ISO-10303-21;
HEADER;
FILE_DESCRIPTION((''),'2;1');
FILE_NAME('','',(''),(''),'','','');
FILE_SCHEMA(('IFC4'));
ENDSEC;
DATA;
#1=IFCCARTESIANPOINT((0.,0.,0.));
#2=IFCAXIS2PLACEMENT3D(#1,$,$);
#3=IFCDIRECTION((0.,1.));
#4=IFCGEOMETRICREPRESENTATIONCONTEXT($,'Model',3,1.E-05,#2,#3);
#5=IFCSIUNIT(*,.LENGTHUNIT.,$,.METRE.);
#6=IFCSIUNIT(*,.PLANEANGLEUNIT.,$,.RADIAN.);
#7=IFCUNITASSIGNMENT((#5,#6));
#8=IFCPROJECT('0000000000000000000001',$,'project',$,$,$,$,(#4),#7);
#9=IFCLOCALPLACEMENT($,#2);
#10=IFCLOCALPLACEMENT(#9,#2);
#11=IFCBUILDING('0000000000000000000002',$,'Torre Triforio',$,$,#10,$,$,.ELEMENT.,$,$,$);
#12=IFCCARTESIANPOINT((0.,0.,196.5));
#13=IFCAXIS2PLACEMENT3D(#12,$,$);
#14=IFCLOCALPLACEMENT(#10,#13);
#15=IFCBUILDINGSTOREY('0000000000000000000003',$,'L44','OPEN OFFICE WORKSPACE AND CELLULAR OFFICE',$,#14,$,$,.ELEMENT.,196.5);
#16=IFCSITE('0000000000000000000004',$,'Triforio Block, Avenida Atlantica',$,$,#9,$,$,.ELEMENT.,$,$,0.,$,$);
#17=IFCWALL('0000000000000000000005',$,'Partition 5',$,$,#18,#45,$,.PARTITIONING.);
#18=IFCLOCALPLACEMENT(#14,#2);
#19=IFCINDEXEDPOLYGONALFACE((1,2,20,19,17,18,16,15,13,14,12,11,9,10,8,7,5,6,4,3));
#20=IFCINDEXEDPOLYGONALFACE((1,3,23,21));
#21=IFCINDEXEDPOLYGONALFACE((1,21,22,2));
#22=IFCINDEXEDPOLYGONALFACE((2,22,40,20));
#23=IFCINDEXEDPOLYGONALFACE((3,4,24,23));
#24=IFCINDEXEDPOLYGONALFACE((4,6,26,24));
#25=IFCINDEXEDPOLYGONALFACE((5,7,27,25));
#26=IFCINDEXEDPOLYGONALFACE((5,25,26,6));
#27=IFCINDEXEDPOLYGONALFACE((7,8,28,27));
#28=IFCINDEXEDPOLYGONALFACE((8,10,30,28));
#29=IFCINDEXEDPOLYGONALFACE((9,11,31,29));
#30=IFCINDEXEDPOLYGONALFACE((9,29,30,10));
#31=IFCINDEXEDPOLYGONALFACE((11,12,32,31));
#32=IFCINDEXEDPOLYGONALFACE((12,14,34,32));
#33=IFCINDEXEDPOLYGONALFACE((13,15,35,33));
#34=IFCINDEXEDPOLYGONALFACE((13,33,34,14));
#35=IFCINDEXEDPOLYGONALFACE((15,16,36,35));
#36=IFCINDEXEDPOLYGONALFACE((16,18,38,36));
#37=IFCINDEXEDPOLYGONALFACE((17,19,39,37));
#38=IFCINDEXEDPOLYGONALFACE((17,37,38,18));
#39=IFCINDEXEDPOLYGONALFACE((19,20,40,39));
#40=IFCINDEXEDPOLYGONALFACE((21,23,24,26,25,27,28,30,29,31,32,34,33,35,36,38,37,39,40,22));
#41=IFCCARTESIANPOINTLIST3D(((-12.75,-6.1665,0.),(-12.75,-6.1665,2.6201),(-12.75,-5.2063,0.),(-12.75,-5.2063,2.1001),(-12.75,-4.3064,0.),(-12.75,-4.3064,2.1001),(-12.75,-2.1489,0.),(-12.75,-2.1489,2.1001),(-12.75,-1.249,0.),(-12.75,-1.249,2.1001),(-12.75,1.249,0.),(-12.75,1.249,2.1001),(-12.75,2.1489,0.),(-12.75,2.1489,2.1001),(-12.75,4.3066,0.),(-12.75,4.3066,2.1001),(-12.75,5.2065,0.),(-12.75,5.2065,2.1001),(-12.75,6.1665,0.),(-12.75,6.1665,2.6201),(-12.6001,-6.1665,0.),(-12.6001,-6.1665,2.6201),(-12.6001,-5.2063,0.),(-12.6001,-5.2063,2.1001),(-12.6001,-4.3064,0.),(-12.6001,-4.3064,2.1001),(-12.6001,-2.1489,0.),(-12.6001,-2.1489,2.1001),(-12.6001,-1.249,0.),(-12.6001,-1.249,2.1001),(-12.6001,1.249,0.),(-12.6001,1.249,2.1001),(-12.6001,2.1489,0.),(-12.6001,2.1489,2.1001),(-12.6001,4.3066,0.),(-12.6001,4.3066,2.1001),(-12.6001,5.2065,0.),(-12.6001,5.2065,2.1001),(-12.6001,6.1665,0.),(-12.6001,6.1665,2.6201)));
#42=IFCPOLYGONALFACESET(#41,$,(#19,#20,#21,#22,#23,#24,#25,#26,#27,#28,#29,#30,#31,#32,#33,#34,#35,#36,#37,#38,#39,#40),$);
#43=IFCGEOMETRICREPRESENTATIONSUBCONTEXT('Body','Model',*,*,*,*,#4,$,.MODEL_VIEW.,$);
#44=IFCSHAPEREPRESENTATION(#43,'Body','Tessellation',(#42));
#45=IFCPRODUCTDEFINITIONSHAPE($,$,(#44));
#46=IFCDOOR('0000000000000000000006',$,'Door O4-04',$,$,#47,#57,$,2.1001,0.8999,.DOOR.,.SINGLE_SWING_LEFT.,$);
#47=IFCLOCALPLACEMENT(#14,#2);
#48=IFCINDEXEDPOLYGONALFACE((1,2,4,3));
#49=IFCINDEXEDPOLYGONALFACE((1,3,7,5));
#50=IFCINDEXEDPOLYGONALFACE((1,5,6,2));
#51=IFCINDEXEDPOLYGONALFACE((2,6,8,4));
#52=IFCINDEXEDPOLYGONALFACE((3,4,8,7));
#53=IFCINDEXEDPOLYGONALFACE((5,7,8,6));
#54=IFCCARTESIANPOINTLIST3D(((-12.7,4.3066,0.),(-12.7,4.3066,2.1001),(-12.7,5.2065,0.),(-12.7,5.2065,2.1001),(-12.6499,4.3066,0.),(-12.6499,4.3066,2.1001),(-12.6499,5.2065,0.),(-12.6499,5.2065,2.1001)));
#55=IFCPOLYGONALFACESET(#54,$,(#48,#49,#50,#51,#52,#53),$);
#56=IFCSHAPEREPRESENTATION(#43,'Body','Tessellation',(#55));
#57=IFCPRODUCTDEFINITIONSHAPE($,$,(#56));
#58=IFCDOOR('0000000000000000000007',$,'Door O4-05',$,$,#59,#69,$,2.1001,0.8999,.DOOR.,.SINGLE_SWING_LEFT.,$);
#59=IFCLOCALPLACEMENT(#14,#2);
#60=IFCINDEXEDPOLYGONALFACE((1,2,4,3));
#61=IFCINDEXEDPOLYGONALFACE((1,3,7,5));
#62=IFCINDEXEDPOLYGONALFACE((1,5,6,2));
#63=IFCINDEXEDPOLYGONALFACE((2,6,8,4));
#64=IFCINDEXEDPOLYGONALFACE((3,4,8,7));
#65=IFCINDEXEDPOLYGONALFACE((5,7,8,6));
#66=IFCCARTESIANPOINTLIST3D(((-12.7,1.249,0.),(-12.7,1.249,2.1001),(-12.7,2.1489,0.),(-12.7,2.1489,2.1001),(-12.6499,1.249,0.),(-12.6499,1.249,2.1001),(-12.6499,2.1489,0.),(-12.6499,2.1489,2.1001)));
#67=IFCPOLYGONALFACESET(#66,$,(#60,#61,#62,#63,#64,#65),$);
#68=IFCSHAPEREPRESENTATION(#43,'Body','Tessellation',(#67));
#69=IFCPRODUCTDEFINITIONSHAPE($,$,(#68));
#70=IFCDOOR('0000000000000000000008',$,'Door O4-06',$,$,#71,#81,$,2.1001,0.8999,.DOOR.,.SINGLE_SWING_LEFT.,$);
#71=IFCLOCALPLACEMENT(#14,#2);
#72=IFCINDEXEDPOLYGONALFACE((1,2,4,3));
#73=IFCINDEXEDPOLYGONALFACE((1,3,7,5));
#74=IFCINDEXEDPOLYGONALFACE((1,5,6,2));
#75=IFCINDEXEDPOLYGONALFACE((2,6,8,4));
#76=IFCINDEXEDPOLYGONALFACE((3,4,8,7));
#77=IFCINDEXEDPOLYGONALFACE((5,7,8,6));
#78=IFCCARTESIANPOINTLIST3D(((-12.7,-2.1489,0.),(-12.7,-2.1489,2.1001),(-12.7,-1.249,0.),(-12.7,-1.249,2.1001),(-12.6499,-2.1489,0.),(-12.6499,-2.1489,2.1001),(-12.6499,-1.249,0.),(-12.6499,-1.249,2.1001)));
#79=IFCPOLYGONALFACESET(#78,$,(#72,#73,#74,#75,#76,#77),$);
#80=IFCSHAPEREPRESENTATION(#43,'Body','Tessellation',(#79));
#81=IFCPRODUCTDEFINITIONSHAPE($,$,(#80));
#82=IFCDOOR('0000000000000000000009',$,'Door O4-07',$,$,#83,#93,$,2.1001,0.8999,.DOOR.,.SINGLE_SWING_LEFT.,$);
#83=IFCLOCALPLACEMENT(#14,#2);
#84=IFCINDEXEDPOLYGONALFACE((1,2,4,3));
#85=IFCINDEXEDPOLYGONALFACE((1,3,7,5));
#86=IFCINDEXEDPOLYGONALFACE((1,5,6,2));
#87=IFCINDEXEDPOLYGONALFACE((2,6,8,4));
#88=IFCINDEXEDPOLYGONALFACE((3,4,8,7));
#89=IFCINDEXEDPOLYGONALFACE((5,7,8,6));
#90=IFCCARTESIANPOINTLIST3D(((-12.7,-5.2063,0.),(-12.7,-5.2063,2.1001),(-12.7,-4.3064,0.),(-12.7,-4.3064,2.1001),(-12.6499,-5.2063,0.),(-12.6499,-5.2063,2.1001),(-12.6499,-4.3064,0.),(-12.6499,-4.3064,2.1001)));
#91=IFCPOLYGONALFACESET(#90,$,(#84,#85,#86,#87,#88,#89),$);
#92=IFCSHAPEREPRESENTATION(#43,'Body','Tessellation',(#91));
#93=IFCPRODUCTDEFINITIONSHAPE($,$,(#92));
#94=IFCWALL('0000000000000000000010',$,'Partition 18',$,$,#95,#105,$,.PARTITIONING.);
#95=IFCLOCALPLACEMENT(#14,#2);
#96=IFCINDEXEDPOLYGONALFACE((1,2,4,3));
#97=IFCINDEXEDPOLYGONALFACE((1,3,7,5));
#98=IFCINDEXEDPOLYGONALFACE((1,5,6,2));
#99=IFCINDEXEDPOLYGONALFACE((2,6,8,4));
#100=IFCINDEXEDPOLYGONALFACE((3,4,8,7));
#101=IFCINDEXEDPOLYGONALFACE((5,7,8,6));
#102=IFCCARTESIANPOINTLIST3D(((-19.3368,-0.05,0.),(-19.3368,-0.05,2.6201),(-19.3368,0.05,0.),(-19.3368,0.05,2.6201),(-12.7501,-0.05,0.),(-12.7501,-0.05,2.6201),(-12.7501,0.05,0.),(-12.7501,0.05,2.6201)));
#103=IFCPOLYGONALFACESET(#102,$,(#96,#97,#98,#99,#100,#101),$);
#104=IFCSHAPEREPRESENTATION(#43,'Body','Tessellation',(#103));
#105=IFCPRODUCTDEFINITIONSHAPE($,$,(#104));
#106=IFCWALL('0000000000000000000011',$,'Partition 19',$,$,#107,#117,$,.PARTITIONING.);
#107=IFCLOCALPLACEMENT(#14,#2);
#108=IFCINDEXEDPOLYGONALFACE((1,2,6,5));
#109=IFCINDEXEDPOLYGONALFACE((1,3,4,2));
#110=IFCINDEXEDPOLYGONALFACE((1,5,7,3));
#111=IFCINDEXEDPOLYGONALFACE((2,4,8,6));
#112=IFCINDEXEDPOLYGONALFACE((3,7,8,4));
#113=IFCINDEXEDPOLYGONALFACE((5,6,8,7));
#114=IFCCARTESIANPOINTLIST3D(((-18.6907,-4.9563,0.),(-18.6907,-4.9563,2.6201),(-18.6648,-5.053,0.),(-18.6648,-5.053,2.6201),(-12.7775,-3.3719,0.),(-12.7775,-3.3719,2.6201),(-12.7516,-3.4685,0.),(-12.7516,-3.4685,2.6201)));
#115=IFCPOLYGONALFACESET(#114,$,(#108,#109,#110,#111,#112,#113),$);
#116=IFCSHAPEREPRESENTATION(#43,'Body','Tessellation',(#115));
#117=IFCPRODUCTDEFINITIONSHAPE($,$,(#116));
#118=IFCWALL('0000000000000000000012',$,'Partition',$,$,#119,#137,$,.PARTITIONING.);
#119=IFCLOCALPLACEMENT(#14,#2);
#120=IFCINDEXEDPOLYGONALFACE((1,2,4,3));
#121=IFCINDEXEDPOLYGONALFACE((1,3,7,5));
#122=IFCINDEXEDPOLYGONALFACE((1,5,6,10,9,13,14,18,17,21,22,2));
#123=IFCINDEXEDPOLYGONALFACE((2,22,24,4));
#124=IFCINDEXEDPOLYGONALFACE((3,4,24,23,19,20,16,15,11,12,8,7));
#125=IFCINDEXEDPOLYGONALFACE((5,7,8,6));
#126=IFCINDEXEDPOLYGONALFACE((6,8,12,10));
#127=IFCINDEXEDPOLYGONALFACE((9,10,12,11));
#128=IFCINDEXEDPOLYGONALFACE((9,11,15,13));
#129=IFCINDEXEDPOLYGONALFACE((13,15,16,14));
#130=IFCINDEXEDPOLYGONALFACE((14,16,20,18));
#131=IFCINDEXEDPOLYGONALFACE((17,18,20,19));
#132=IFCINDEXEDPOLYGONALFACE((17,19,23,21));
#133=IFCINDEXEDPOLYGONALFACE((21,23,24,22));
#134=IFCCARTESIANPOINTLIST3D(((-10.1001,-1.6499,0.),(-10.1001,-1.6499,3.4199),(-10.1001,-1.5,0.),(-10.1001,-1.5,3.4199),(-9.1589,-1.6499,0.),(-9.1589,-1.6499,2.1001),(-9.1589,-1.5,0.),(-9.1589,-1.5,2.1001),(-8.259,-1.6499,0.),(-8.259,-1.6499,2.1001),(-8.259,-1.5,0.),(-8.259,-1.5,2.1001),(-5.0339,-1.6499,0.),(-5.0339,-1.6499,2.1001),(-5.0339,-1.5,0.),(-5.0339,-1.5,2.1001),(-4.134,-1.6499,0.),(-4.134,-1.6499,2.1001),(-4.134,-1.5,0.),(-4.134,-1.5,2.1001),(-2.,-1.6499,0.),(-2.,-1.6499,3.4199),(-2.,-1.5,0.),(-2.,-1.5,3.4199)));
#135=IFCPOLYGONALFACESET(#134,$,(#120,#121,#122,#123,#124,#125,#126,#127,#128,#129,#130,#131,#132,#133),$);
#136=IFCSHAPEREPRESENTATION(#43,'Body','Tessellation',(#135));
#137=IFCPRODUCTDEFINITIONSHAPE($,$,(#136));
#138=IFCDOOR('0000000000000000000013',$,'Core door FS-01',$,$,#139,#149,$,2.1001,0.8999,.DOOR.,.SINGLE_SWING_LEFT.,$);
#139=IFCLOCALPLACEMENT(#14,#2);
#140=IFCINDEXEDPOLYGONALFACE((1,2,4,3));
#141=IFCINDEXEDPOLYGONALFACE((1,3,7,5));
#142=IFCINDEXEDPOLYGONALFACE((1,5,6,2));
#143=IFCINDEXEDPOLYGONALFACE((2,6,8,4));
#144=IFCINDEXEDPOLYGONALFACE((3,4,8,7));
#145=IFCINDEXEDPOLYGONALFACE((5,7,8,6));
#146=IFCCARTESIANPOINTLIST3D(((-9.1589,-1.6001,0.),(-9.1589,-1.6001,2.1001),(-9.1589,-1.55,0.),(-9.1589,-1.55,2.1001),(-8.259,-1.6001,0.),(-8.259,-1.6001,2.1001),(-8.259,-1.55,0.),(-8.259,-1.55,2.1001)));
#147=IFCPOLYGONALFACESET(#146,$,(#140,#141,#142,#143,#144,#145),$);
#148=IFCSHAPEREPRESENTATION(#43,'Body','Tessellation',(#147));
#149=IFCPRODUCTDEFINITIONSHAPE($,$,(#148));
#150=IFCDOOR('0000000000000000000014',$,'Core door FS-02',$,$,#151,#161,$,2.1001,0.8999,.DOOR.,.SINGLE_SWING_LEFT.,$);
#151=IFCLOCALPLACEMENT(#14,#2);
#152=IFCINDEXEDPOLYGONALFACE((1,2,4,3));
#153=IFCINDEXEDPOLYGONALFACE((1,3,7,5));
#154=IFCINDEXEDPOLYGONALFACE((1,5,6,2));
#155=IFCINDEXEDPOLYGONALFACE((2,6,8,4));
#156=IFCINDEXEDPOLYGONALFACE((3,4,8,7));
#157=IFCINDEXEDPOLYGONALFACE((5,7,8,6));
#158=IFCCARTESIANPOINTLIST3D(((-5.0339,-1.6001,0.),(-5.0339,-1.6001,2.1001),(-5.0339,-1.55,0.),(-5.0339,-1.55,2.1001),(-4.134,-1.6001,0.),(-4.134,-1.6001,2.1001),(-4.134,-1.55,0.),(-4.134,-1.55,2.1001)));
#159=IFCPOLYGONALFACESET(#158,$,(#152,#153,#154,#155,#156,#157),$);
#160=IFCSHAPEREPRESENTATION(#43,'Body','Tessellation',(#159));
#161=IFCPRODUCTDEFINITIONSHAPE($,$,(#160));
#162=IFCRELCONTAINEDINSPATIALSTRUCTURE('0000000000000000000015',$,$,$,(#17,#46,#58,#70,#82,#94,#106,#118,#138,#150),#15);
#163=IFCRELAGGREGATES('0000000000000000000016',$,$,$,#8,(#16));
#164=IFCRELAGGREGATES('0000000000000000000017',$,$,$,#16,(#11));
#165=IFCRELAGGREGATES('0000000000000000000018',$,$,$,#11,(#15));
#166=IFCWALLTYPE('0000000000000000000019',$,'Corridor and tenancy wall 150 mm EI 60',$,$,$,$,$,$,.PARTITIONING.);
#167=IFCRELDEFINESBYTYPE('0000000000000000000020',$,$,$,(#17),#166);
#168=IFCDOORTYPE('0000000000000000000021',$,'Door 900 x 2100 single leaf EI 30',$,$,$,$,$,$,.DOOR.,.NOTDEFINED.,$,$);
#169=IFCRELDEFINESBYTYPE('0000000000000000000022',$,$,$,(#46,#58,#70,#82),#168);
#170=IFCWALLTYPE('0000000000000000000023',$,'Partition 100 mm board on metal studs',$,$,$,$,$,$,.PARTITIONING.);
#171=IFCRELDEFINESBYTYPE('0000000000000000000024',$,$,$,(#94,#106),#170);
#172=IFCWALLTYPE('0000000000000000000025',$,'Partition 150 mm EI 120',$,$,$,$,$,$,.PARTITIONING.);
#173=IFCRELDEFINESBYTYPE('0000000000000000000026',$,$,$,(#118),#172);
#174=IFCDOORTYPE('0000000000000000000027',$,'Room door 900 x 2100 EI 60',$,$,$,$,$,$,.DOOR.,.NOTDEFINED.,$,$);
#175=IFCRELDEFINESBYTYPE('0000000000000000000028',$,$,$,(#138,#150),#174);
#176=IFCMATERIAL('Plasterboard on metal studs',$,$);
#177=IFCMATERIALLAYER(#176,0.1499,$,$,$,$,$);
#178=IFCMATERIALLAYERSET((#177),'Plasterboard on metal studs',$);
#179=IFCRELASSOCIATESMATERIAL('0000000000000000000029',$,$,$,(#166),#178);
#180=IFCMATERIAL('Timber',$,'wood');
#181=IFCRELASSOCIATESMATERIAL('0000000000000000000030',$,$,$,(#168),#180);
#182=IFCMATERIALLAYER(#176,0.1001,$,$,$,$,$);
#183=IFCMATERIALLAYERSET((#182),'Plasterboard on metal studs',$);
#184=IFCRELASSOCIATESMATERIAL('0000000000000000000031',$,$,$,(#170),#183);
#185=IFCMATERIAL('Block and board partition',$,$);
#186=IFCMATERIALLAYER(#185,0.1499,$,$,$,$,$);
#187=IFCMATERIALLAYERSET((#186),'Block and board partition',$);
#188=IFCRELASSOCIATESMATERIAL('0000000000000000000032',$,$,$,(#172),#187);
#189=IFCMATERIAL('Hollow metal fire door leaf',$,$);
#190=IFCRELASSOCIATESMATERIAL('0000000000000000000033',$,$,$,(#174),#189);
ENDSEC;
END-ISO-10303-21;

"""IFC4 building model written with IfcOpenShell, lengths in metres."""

from ifc_helpers import new_model, si_unit, direction, frame, frame_2d, origin, place, context, subcontext, project, spatial, rectangle, extrude, material, layer, layer_set, type_object, element, fill, save


model = new_model("IFC4")

# Units and contexts
model_context = context("Model", 3, precision=1e-05, world=origin(), true_north=direction((0.0, 1.0)))
body_context = subcontext(model_context, "Body", "Model", "MODEL_VIEW")
ifc_project = project(units=[si_unit("LENGTHUNIT", "METRE"), si_unit("PLANEANGLEUNIT", "RADIAN")], contexts=[model_context])

# Site, building, storey
site_placement = place(None, origin())
site = spatial("IfcSite", under=ifc_project, at=site_placement, Name="Triforio Block, Avenida Atlantica", CompositionType="ELEMENT", RefElevation=0.0)
building_placement = place(site_placement, origin())
building = spatial("IfcBuilding", under=site, at=building_placement, Name="Torre Triforio", CompositionType="ELEMENT")
storey_placement = place(building_placement, frame((0.0, 0.0, 196.5)))
storey = spatial("IfcBuildingStorey", under=building, at=storey_placement, Name="L44", Description="OPEN OFFICE WORKSPACE AND CELLULAR OFFICE", CompositionType="ELEMENT", Elevation=196.5)

# Shared definitions
ifc_material_1 = material(Name="Hollow metal fire door leaf")

# Wall, openings, doors
ifc_material_2 = material(Name="Plasterboard on metal studs")
ifc_layer_1 = layer(ifc_material_2, 0.1499)
ifc_layer_set_1 = layer_set([ifc_layer_1], Name="Plasterboard on metal studs")
wall_type_1 = type_object("IfcWallType", Name="Corridor and tenancy wall 150 mm EI 60", PredefinedType="PARTITIONING", material=ifc_layer_set_1)
wall_1_placement = place(storey_placement, frame((-12.675, -6.1665, 0.0), z_axis=(0.0, 0.0, 1.0), x_axis=(0.0, 1.0, 0.0)))
wall_1 = element("IfcWall", 1, at=wall_1_placement, inside=storey, type_object=wall_type_1, Name="Partition 5", PredefinedType="PARTITIONING", context=body_context, shape_type="SweptSolid", body=[
    extrude(rectangle(XDim=12.333, YDim=0.1499, at=frame_2d((6.1665, 0.0))), origin(), (0.0, 0.0, 1.0), 2.6201),
])
opening_1_placement = place(wall_1_placement, frame((10.4731, 0.0, 0.0)))
opening_1 = element("IfcOpeningElement", 2, at=opening_1_placement, cuts=wall_1, PredefinedType="OPENING", context=body_context, shape_type="SweptSolid", body=[
    extrude(rectangle(XDim=0.8999, YDim=2.1001, at=frame_2d((0.45, 1.05))), frame((0.0, 0.085, 0.0), z_axis=(0.0, -1.0, 0.0), x_axis=(1.0, 0.0, 0.0)), (0.0, 0.0, 1.0), 0.1699),
])
opening_2_placement = place(wall_1_placement, frame((7.4155, 0.0, 0.0)))
opening_2 = element("IfcOpeningElement", 3, at=opening_2_placement, cuts=wall_1, PredefinedType="OPENING", context=body_context, shape_type="SweptSolid", body=[
    extrude(rectangle(XDim=0.8999, YDim=2.1001, at=frame_2d((0.45, 1.05))), frame((0.0, 0.085, 0.0), z_axis=(0.0, -1.0, 0.0), x_axis=(1.0, 0.0, 0.0)), (0.0, 0.0, 1.0), 0.1699),
])
opening_3_placement = place(wall_1_placement, frame((4.0176, 0.0, 0.0)))
opening_3 = element("IfcOpeningElement", 4, at=opening_3_placement, cuts=wall_1, PredefinedType="OPENING", context=body_context, shape_type="SweptSolid", body=[
    extrude(rectangle(XDim=0.8999, YDim=2.1001, at=frame_2d((0.45, 1.05))), frame((0.0, 0.085, 0.0), z_axis=(0.0, -1.0, 0.0), x_axis=(1.0, 0.0, 0.0)), (0.0, 0.0, 1.0), 0.1699),
])
opening_4_placement = place(wall_1_placement, frame((0.9602, 0.0, 0.0)))
opening_4 = element("IfcOpeningElement", 5, at=opening_4_placement, cuts=wall_1, PredefinedType="OPENING", context=body_context, shape_type="SweptSolid", body=[
    extrude(rectangle(XDim=0.8999, YDim=2.1001, at=frame_2d((0.45, 1.05))), frame((0.0, 0.085, 0.0), z_axis=(0.0, -1.0, 0.0), x_axis=(1.0, 0.0, 0.0)), (0.0, 0.0, 1.0), 0.1699),
])
ifc_material_3 = material(Name="Timber", Category="wood")
door_type_1 = type_object("IfcDoorType", Name="Door 900 x 2100 single leaf EI 30", OperationType="NOTDEFINED", PredefinedType="DOOR", material=ifc_material_3)
door_1_placement = place(opening_1_placement, origin())
door_1 = element("IfcDoor", 6, at=door_1_placement, inside=storey, type_object=door_type_1, Name="Door O4-04", OperationType="SINGLE_SWING_LEFT", OverallHeight=2.1001, OverallWidth=0.8999, PredefinedType="DOOR", context=body_context, shape_type="SweptSolid", body=[
    extrude(rectangle(XDim=0.8999, YDim=2.1001, at=frame_2d((0.45, 1.05))), frame((0.0, 0.0249, 0.0), z_axis=(0.0, -1.0, 0.0), x_axis=(1.0, 0.0, 0.0)), (0.0, 0.0, 1.0), 0.05),
])
fill(opening_1, door_1)
door_2_placement = place(opening_2_placement, origin())
door_2 = element("IfcDoor", 7, at=door_2_placement, inside=storey, type_object=door_type_1, Name="Door O4-05", OperationType="SINGLE_SWING_LEFT", OverallHeight=2.1001, OverallWidth=0.8999, PredefinedType="DOOR", context=body_context, shape_type="SweptSolid", body=[
    extrude(rectangle(XDim=0.8999, YDim=2.1001, at=frame_2d((0.45, 1.05))), frame((0.0, 0.0249, 0.0), z_axis=(0.0, -1.0, 0.0), x_axis=(1.0, 0.0, 0.0)), (0.0, 0.0, 1.0), 0.05),
])
fill(opening_2, door_2)
door_3_placement = place(opening_3_placement, origin())
door_3 = element("IfcDoor", 8, at=door_3_placement, inside=storey, type_object=door_type_1, Name="Door O4-06", OperationType="SINGLE_SWING_LEFT", OverallHeight=2.1001, OverallWidth=0.8999, PredefinedType="DOOR", context=body_context, shape_type="SweptSolid", body=[
    extrude(rectangle(XDim=0.8999, YDim=2.1001, at=frame_2d((0.45, 1.05))), frame((0.0, 0.0249, 0.0), z_axis=(0.0, -1.0, 0.0), x_axis=(1.0, 0.0, 0.0)), (0.0, 0.0, 1.0), 0.05),
])
fill(opening_3, door_3)
door_4_placement = place(opening_4_placement, origin())
door_4 = element("IfcDoor", 9, at=door_4_placement, inside=storey, type_object=door_type_1, Name="Door O4-07", OperationType="SINGLE_SWING_LEFT", OverallHeight=2.1001, OverallWidth=0.8999, PredefinedType="DOOR", context=body_context, shape_type="SweptSolid", body=[
    extrude(rectangle(XDim=0.8999, YDim=2.1001, at=frame_2d((0.45, 1.05))), frame((0.0, 0.0249, 0.0), z_axis=(0.0, -1.0, 0.0), x_axis=(1.0, 0.0, 0.0)), (0.0, 0.0, 1.0), 0.05),
])
fill(opening_4, door_4)

# Walls
ifc_layer_2 = layer(ifc_material_2, 0.1001)
ifc_layer_set_2 = layer_set([ifc_layer_2], Name="Plasterboard on metal studs")
wall_type_2 = type_object("IfcWallType", Name="Partition 100 mm board on metal studs", PredefinedType="PARTITIONING", material=ifc_layer_set_2)
wall_2_placement = place(storey_placement, frame((-12.75, 0.0, 0.0), z_axis=(0.0, 0.0, 1.0), x_axis=(-1.0, 0.0, 0.0)))
element("IfcWall", 10, at=wall_2_placement, inside=storey, type_object=wall_type_2, Name="Partition 18", PredefinedType="PARTITIONING", context=body_context, shape_type="SweptSolid", body=[
    extrude(rectangle(XDim=6.5867, YDim=0.1001, at=frame_2d((3.2935, 0.0))), origin(), (0.0, 0.0, 1.0), 2.6201),
])
wall_3_placement = place(storey_placement, frame((-12.7644, -3.4202, 0.0), z_axis=(0.0, 0.0, 1.0), x_axis=(-0.965926, -0.258819, 0.0)))
element("IfcWall", 11, at=wall_3_placement, inside=storey, type_object=wall_type_2, Name="Partition 19", PredefinedType="PARTITIONING", context=body_context, shape_type="SweptSolid", body=[
    extrude(rectangle(XDim=6.1218, YDim=0.1001, at=frame_2d((3.061, 0.0))), origin(), (0.0, 0.0, 1.0), 2.6201),
])

# Wall, openings, doors
ifc_material_4 = material(Name="Block and board partition")
ifc_layer_3 = layer(ifc_material_4, 0.1499)
ifc_layer_set_3 = layer_set([ifc_layer_3], Name="Block and board partition")
wall_type_3 = type_object("IfcWallType", Name="Partition 150 mm EI 120", PredefinedType="PARTITIONING", material=ifc_layer_set_3)
wall_4_placement = place(storey_placement, frame((-10.1001, -1.575, 0.0), z_axis=(0.0, 0.0, 1.0), x_axis=(1.0, 0.0, 0.0)))
wall_4 = element("IfcWall", 12, at=wall_4_placement, inside=storey, type_object=wall_type_3, Name="Partition", PredefinedType="PARTITIONING", context=body_context, shape_type="SweptSolid", body=[
    extrude(rectangle(XDim=8.1001, YDim=0.1499, at=frame_2d((4.05, 0.0))), origin(), (0.0, 0.0, 1.0), 3.4199),
])
opening_5_placement = place(wall_4_placement, frame((0.9412, 0.0, 0.0)))
opening_5 = element("IfcOpeningElement", 13, at=opening_5_placement, cuts=wall_4, PredefinedType="OPENING", context=body_context, shape_type="SweptSolid", body=[
    extrude(rectangle(XDim=0.8999, YDim=2.1001, at=frame_2d((0.45, 1.05))), frame((0.0, 0.085, 0.0), z_axis=(0.0, -1.0, 0.0), x_axis=(1.0, 0.0, 0.0)), (0.0, 0.0, 1.0), 0.1699),
])
opening_6_placement = place(wall_4_placement, frame((5.0662, 0.0, 0.0)))
opening_6 = element("IfcOpeningElement", 14, at=opening_6_placement, cuts=wall_4, PredefinedType="OPENING", context=body_context, shape_type="SweptSolid", body=[
    extrude(rectangle(XDim=0.8999, YDim=2.1001, at=frame_2d((0.45, 1.05))), frame((0.0, 0.085, 0.0), z_axis=(0.0, -1.0, 0.0), x_axis=(1.0, 0.0, 0.0)), (0.0, 0.0, 1.0), 0.1699),
])
door_type_2 = type_object("IfcDoorType", Name="Room door 900 x 2100 EI 60", OperationType="NOTDEFINED", PredefinedType="DOOR", material=ifc_material_1)
door_5_placement = place(opening_5_placement, origin())
door_5 = element("IfcDoor", 15, at=door_5_placement, inside=storey, type_object=door_type_2, Name="Core door FS-01", OperationType="SINGLE_SWING_LEFT", OverallHeight=2.1001, OverallWidth=0.8999, PredefinedType="DOOR", context=body_context, shape_type="SweptSolid", body=[
    extrude(rectangle(XDim=0.8999, YDim=2.1001, at=frame_2d((0.45, 1.05))), frame((0.0, 0.0249, 0.0), z_axis=(0.0, -1.0, 0.0), x_axis=(1.0, 0.0, 0.0)), (0.0, 0.0, 1.0), 0.05),
])
fill(opening_5, door_5)
door_6_placement = place(opening_6_placement, origin())
door_6 = element("IfcDoor", 16, at=door_6_placement, inside=storey, type_object=door_type_2, Name="Core door FS-02", OperationType="SINGLE_SWING_LEFT", OverallHeight=2.1001, OverallWidth=0.8999, PredefinedType="DOOR", context=body_context, shape_type="SweptSolid", body=[
    extrude(rectangle(XDim=0.8999, YDim=2.1001, at=frame_2d((0.45, 1.05))), frame((0.0, 0.0249, 0.0), z_axis=(0.0, -1.0, 0.0), x_axis=(1.0, 0.0, 0.0)), (0.0, 0.0, 1.0), 0.05),
])
fill(opening_6, door_6)

save(model, "model.ifc")
